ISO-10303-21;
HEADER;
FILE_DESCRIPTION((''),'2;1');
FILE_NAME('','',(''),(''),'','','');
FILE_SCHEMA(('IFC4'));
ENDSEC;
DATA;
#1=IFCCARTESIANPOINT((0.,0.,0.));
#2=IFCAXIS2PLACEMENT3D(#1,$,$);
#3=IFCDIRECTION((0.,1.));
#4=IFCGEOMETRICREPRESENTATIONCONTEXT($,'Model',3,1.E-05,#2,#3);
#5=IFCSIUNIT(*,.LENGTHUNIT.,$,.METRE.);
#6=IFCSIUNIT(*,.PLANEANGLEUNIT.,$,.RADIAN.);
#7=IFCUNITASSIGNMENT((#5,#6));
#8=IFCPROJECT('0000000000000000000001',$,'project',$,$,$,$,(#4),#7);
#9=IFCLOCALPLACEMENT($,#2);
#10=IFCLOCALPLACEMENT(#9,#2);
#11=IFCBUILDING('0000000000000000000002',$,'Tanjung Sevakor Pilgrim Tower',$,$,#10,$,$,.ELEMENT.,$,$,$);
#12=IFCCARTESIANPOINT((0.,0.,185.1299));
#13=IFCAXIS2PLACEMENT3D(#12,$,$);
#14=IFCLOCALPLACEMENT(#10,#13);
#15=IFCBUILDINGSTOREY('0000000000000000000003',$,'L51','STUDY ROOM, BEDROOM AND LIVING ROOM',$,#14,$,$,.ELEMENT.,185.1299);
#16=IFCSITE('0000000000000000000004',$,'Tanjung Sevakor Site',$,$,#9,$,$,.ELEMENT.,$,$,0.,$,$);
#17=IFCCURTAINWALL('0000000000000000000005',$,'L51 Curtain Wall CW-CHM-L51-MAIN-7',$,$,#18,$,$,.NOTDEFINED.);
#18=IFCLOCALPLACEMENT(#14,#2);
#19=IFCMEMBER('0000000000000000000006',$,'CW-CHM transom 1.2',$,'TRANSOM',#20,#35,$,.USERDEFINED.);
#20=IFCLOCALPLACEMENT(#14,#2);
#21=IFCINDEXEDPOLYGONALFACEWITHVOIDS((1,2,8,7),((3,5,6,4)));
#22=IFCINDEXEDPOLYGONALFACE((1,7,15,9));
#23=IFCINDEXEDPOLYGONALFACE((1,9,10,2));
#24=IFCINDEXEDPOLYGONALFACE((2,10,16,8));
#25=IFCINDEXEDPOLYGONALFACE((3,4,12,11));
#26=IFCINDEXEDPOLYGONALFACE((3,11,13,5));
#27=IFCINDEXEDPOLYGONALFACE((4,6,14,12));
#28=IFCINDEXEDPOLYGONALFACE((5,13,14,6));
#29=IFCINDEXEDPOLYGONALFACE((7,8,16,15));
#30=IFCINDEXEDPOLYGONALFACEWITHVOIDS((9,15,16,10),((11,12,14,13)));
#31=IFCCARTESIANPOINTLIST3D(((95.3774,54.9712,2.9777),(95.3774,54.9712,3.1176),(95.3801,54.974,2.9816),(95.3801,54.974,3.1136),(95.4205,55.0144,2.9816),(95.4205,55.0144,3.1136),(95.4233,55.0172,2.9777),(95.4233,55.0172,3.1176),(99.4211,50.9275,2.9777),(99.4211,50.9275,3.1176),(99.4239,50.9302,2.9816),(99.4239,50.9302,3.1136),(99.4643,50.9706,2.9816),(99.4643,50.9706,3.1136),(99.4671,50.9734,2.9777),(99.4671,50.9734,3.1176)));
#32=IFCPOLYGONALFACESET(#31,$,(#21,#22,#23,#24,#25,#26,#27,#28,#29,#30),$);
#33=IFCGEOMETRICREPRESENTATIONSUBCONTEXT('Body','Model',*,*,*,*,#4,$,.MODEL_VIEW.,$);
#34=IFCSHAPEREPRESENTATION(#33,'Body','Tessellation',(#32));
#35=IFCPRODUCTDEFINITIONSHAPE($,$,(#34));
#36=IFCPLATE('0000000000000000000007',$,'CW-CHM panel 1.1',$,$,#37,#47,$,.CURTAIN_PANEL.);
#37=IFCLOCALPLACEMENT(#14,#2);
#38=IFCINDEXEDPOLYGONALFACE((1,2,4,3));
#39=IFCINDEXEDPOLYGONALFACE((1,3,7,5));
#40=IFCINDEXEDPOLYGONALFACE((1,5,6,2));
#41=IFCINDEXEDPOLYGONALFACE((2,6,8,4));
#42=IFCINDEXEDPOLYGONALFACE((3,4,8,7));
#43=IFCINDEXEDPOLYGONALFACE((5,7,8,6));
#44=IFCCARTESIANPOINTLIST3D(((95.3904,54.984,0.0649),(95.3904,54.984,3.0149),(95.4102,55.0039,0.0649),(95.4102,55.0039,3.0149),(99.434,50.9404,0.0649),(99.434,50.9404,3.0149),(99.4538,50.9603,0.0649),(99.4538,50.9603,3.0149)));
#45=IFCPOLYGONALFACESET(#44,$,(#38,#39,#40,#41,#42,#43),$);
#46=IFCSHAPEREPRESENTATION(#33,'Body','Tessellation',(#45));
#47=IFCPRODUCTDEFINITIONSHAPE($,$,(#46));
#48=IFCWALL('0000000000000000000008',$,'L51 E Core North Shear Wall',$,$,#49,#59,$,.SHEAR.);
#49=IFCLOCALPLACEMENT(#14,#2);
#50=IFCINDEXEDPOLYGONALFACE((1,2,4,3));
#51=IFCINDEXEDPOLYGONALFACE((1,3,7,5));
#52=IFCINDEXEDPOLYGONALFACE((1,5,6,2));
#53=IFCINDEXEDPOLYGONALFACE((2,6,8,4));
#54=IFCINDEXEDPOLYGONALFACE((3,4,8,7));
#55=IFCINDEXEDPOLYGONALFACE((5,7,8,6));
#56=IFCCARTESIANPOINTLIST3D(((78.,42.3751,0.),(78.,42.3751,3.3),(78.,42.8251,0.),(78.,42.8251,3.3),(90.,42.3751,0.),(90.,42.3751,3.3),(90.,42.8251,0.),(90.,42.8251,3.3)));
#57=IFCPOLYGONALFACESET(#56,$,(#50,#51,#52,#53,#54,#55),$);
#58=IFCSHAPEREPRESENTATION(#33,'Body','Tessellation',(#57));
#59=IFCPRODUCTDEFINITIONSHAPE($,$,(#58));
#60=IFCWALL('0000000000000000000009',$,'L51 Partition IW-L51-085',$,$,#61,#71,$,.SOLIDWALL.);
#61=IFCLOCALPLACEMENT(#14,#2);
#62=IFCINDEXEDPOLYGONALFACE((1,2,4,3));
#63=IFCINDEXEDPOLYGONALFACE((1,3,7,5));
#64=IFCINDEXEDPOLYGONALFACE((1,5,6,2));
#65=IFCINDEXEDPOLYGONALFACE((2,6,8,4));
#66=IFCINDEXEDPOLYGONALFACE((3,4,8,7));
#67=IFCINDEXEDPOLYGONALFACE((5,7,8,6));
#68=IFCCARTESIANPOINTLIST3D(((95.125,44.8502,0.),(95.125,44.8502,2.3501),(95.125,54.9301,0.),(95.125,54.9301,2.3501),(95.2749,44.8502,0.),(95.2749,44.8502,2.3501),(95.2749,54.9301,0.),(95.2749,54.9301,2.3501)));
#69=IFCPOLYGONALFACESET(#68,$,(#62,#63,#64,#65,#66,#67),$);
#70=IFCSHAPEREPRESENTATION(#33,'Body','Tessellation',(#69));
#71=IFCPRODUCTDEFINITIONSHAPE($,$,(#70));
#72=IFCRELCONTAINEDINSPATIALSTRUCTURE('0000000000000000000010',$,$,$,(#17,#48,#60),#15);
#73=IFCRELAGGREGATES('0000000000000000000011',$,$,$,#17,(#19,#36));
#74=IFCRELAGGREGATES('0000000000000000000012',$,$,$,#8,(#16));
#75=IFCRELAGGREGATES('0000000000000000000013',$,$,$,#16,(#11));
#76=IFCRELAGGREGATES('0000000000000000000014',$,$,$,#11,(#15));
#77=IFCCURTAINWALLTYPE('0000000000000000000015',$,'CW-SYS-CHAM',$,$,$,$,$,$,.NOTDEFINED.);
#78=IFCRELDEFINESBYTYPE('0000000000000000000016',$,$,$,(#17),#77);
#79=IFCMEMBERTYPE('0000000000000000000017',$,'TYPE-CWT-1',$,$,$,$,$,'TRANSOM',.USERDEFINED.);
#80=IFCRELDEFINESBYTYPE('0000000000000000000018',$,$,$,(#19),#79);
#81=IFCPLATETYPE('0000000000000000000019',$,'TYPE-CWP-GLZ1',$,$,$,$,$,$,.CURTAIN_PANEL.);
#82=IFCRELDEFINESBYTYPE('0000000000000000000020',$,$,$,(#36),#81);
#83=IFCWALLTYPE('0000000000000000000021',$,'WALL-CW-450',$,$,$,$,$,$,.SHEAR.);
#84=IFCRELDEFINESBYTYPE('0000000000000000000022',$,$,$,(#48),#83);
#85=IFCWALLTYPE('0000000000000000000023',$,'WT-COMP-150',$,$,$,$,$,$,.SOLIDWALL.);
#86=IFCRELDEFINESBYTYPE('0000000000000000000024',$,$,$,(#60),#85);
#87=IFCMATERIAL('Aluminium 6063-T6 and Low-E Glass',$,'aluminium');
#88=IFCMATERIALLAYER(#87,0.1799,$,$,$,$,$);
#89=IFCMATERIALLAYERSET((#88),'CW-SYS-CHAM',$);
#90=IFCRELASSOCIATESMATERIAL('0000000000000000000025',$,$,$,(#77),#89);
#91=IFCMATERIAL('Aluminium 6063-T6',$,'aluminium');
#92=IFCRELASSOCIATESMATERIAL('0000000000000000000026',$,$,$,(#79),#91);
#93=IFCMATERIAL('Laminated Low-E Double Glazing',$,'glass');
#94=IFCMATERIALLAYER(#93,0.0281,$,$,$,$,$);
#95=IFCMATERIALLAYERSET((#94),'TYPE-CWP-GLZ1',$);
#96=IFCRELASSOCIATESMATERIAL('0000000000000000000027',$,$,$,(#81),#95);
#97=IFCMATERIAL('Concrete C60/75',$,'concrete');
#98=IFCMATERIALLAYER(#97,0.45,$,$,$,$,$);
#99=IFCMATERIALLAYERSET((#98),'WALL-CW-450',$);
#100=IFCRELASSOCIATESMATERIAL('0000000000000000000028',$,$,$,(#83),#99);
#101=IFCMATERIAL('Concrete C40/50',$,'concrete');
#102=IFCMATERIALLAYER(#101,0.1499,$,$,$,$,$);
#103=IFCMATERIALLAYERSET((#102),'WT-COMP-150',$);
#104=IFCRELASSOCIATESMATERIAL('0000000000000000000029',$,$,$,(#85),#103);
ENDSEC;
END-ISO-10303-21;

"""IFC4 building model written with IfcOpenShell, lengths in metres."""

from ifc_helpers import new_model, si_unit, direction, frame, frame_2d, origin, origin_2d, place, context, subcontext, project, spatial, rectangle, hollow_rectangle, extrude, material, layer, layer_set, material_profile, profile_set, type_object, element, aggregate, save


model = new_model("IFC4")

# Units and contexts
model_context = context("Model", 3, precision=1e-05, world=origin(), true_north=direction((0.0, 1.0)))
body_context = subcontext(model_context, "Body", "Model", "MODEL_VIEW")
ifc_project = project(units=[si_unit("LENGTHUNIT", "METRE"), si_unit("PLANEANGLEUNIT", "RADIAN")], contexts=[model_context])

# Site, building, storey
site_placement = place(None, origin())
site = spatial("IfcSite", under=ifc_project, at=site_placement, Name="Tanjung Sevakor Site", CompositionType="ELEMENT", RefElevation=0.0)
building_placement = place(site_placement, origin())
building = spatial("IfcBuilding", under=site, at=building_placement, Name="Tanjung Sevakor Pilgrim Tower", CompositionType="ELEMENT")
storey_placement = place(building_placement, frame((0.0, 0.0, 185.1299)))
storey = spatial("IfcBuildingStorey", under=building, at=storey_placement, Name="L51", Description="STUDY ROOM, BEDROOM AND LIVING ROOM", CompositionType="ELEMENT", Elevation=185.1299)

# Curtain wall, member, plate
ifc_material_1 = material(Name="Aluminium 6063-T6 and Low-E Glass", Category="aluminium")
ifc_layer_1 = layer(ifc_material_1, 0.1799)
ifc_layer_set_1 = layer_set([ifc_layer_1], Name="CW-SYS-CHAM")
curtain_wall_type = type_object("IfcCurtainWallType", Name="CW-SYS-CHAM", PredefinedType="NOTDEFINED", material=ifc_layer_set_1)
curtain_wall_placement = place(storey_placement, origin())
curtain_wall = element("IfcCurtainWall", 1, at=curtain_wall_placement, inside=storey, type_object=curtain_wall_type, Name="L51 Curtain Wall CW-CHM-L51-MAIN-7", PredefinedType="NOTDEFINED")
ifc_material_2 = material(Name="Aluminium 6063-T6", Category="aluminium")
ifc_material_profile_1 = material_profile(ifc_material_2, hollow_rectangle(XDim=0.0649, YDim=0.1399, WallThickness=0.0039, at=origin_2d()))
ifc_profile_set_1 = profile_set([ifc_material_profile_1], Name="Aluminium 6063-T6")
member_type_1 = type_object("IfcMemberType", Name="TYPE-CWT-1", ElementType="TRANSOM", PredefinedType="USERDEFINED", material=ifc_profile_set_1)
member_1_placement = place(storey_placement, frame((99.4441, 50.9504, 3.0476), z_axis=(-0.707107, 0.707107, 0.0), x_axis=(-0.707107, -0.707107, 0.0)))
member_1 = element("IfcMember", 2, at=member_1_placement, type_object=member_type_1, Name="CW-CHM transom 1.2", ObjectType="TRANSOM", PredefinedType="USERDEFINED", context=body_context, shape_type="SweptSolid", body=[
    extrude(hollow_rectangle(XDim=0.0649, YDim=0.1399, WallThickness=0.0039, at=origin_2d()), origin(), (0.0, 0.0, 1.0), 5.7188),
])
ifc_material_3 = material(Name="Laminated Low-E Double Glazing", Category="glass")
ifc_layer_2 = layer(ifc_material_3, 0.0281)
ifc_layer_set_2 = layer_set([ifc_layer_2], Name="TYPE-CWP-GLZ1")
plate_type = type_object("IfcPlateType", Name="TYPE-CWP-GLZ1", PredefinedType="CURTAIN_PANEL", material=ifc_layer_set_2)
plate_placement = place(storey_placement, frame((97.4221, 52.9722, 0.0649), z_axis=(0.0, 0.0, 1.0), x_axis=(-0.707107, 0.707107, 0.0)))
plate = element("IfcPlate", 3, at=plate_placement, type_object=plate_type, Name="CW-CHM panel 1.1", PredefinedType="CURTAIN_PANEL", context=body_context, shape_type="SweptSolid", body=[
    extrude(rectangle(XDim=5.7185, YDim=0.0281, at=origin_2d()), origin(), (0.0, 0.0, 1.0), 2.95),
])
aggregate(curtain_wall, [member_1, plate])

# Walls
ifc_material_4 = material(Name="Concrete C60/75", Category="concrete")
ifc_layer_3 = layer(ifc_material_4, 0.45)
ifc_layer_set_3 = layer_set([ifc_layer_3], Name="WALL-CW-450")
wall_type_1 = type_object("IfcWallType", Name="WALL-CW-450", PredefinedType="SHEAR", material=ifc_layer_set_3)
wall_1_placement = place(storey_placement, frame((90.0, 42.6001, 0.0), z_axis=(0.0, 0.0, 1.0), x_axis=(-1.0, 0.0, 0.0)))
element("IfcWall", 4, at=wall_1_placement, inside=storey, type_object=wall_type_1, Name="L51 E Core North Shear Wall", PredefinedType="SHEAR", context=body_context, shape_type="SweptSolid", body=[
    extrude(rectangle(XDim=12.0, YDim=0.45, at=frame_2d((6.0, 0.0))), origin(), (0.0, 0.0, 1.0), 3.3),
])
ifc_material_5 = material(Name="Concrete C40/50", Category="concrete")
ifc_layer_4 = layer(ifc_material_5, 0.1499)
ifc_layer_set_4 = layer_set([ifc_layer_4], Name="WT-COMP-150")
wall_type_2 = type_object("IfcWallType", Name="WT-COMP-150", PredefinedType="SOLIDWALL", material=ifc_layer_set_4)
wall_2_placement = place(storey_placement, frame((95.2, 44.8501, 0.0), z_axis=(0.0, 0.0, 1.0), x_axis=(0.0, 1.0, 0.0)))
element("IfcWall", 5, at=wall_2_placement, inside=storey, type_object=wall_type_2, Name="L51 Partition IW-L51-085", PredefinedType="SOLIDWALL", context=body_context, shape_type="SweptSolid", body=[
    extrude(rectangle(XDim=10.0798, YDim=0.1499, at=frame_2d((5.04, 0.0))), origin(), (0.0, 0.0, 1.0), 2.3501),
])

save(model, "model.ifc")
